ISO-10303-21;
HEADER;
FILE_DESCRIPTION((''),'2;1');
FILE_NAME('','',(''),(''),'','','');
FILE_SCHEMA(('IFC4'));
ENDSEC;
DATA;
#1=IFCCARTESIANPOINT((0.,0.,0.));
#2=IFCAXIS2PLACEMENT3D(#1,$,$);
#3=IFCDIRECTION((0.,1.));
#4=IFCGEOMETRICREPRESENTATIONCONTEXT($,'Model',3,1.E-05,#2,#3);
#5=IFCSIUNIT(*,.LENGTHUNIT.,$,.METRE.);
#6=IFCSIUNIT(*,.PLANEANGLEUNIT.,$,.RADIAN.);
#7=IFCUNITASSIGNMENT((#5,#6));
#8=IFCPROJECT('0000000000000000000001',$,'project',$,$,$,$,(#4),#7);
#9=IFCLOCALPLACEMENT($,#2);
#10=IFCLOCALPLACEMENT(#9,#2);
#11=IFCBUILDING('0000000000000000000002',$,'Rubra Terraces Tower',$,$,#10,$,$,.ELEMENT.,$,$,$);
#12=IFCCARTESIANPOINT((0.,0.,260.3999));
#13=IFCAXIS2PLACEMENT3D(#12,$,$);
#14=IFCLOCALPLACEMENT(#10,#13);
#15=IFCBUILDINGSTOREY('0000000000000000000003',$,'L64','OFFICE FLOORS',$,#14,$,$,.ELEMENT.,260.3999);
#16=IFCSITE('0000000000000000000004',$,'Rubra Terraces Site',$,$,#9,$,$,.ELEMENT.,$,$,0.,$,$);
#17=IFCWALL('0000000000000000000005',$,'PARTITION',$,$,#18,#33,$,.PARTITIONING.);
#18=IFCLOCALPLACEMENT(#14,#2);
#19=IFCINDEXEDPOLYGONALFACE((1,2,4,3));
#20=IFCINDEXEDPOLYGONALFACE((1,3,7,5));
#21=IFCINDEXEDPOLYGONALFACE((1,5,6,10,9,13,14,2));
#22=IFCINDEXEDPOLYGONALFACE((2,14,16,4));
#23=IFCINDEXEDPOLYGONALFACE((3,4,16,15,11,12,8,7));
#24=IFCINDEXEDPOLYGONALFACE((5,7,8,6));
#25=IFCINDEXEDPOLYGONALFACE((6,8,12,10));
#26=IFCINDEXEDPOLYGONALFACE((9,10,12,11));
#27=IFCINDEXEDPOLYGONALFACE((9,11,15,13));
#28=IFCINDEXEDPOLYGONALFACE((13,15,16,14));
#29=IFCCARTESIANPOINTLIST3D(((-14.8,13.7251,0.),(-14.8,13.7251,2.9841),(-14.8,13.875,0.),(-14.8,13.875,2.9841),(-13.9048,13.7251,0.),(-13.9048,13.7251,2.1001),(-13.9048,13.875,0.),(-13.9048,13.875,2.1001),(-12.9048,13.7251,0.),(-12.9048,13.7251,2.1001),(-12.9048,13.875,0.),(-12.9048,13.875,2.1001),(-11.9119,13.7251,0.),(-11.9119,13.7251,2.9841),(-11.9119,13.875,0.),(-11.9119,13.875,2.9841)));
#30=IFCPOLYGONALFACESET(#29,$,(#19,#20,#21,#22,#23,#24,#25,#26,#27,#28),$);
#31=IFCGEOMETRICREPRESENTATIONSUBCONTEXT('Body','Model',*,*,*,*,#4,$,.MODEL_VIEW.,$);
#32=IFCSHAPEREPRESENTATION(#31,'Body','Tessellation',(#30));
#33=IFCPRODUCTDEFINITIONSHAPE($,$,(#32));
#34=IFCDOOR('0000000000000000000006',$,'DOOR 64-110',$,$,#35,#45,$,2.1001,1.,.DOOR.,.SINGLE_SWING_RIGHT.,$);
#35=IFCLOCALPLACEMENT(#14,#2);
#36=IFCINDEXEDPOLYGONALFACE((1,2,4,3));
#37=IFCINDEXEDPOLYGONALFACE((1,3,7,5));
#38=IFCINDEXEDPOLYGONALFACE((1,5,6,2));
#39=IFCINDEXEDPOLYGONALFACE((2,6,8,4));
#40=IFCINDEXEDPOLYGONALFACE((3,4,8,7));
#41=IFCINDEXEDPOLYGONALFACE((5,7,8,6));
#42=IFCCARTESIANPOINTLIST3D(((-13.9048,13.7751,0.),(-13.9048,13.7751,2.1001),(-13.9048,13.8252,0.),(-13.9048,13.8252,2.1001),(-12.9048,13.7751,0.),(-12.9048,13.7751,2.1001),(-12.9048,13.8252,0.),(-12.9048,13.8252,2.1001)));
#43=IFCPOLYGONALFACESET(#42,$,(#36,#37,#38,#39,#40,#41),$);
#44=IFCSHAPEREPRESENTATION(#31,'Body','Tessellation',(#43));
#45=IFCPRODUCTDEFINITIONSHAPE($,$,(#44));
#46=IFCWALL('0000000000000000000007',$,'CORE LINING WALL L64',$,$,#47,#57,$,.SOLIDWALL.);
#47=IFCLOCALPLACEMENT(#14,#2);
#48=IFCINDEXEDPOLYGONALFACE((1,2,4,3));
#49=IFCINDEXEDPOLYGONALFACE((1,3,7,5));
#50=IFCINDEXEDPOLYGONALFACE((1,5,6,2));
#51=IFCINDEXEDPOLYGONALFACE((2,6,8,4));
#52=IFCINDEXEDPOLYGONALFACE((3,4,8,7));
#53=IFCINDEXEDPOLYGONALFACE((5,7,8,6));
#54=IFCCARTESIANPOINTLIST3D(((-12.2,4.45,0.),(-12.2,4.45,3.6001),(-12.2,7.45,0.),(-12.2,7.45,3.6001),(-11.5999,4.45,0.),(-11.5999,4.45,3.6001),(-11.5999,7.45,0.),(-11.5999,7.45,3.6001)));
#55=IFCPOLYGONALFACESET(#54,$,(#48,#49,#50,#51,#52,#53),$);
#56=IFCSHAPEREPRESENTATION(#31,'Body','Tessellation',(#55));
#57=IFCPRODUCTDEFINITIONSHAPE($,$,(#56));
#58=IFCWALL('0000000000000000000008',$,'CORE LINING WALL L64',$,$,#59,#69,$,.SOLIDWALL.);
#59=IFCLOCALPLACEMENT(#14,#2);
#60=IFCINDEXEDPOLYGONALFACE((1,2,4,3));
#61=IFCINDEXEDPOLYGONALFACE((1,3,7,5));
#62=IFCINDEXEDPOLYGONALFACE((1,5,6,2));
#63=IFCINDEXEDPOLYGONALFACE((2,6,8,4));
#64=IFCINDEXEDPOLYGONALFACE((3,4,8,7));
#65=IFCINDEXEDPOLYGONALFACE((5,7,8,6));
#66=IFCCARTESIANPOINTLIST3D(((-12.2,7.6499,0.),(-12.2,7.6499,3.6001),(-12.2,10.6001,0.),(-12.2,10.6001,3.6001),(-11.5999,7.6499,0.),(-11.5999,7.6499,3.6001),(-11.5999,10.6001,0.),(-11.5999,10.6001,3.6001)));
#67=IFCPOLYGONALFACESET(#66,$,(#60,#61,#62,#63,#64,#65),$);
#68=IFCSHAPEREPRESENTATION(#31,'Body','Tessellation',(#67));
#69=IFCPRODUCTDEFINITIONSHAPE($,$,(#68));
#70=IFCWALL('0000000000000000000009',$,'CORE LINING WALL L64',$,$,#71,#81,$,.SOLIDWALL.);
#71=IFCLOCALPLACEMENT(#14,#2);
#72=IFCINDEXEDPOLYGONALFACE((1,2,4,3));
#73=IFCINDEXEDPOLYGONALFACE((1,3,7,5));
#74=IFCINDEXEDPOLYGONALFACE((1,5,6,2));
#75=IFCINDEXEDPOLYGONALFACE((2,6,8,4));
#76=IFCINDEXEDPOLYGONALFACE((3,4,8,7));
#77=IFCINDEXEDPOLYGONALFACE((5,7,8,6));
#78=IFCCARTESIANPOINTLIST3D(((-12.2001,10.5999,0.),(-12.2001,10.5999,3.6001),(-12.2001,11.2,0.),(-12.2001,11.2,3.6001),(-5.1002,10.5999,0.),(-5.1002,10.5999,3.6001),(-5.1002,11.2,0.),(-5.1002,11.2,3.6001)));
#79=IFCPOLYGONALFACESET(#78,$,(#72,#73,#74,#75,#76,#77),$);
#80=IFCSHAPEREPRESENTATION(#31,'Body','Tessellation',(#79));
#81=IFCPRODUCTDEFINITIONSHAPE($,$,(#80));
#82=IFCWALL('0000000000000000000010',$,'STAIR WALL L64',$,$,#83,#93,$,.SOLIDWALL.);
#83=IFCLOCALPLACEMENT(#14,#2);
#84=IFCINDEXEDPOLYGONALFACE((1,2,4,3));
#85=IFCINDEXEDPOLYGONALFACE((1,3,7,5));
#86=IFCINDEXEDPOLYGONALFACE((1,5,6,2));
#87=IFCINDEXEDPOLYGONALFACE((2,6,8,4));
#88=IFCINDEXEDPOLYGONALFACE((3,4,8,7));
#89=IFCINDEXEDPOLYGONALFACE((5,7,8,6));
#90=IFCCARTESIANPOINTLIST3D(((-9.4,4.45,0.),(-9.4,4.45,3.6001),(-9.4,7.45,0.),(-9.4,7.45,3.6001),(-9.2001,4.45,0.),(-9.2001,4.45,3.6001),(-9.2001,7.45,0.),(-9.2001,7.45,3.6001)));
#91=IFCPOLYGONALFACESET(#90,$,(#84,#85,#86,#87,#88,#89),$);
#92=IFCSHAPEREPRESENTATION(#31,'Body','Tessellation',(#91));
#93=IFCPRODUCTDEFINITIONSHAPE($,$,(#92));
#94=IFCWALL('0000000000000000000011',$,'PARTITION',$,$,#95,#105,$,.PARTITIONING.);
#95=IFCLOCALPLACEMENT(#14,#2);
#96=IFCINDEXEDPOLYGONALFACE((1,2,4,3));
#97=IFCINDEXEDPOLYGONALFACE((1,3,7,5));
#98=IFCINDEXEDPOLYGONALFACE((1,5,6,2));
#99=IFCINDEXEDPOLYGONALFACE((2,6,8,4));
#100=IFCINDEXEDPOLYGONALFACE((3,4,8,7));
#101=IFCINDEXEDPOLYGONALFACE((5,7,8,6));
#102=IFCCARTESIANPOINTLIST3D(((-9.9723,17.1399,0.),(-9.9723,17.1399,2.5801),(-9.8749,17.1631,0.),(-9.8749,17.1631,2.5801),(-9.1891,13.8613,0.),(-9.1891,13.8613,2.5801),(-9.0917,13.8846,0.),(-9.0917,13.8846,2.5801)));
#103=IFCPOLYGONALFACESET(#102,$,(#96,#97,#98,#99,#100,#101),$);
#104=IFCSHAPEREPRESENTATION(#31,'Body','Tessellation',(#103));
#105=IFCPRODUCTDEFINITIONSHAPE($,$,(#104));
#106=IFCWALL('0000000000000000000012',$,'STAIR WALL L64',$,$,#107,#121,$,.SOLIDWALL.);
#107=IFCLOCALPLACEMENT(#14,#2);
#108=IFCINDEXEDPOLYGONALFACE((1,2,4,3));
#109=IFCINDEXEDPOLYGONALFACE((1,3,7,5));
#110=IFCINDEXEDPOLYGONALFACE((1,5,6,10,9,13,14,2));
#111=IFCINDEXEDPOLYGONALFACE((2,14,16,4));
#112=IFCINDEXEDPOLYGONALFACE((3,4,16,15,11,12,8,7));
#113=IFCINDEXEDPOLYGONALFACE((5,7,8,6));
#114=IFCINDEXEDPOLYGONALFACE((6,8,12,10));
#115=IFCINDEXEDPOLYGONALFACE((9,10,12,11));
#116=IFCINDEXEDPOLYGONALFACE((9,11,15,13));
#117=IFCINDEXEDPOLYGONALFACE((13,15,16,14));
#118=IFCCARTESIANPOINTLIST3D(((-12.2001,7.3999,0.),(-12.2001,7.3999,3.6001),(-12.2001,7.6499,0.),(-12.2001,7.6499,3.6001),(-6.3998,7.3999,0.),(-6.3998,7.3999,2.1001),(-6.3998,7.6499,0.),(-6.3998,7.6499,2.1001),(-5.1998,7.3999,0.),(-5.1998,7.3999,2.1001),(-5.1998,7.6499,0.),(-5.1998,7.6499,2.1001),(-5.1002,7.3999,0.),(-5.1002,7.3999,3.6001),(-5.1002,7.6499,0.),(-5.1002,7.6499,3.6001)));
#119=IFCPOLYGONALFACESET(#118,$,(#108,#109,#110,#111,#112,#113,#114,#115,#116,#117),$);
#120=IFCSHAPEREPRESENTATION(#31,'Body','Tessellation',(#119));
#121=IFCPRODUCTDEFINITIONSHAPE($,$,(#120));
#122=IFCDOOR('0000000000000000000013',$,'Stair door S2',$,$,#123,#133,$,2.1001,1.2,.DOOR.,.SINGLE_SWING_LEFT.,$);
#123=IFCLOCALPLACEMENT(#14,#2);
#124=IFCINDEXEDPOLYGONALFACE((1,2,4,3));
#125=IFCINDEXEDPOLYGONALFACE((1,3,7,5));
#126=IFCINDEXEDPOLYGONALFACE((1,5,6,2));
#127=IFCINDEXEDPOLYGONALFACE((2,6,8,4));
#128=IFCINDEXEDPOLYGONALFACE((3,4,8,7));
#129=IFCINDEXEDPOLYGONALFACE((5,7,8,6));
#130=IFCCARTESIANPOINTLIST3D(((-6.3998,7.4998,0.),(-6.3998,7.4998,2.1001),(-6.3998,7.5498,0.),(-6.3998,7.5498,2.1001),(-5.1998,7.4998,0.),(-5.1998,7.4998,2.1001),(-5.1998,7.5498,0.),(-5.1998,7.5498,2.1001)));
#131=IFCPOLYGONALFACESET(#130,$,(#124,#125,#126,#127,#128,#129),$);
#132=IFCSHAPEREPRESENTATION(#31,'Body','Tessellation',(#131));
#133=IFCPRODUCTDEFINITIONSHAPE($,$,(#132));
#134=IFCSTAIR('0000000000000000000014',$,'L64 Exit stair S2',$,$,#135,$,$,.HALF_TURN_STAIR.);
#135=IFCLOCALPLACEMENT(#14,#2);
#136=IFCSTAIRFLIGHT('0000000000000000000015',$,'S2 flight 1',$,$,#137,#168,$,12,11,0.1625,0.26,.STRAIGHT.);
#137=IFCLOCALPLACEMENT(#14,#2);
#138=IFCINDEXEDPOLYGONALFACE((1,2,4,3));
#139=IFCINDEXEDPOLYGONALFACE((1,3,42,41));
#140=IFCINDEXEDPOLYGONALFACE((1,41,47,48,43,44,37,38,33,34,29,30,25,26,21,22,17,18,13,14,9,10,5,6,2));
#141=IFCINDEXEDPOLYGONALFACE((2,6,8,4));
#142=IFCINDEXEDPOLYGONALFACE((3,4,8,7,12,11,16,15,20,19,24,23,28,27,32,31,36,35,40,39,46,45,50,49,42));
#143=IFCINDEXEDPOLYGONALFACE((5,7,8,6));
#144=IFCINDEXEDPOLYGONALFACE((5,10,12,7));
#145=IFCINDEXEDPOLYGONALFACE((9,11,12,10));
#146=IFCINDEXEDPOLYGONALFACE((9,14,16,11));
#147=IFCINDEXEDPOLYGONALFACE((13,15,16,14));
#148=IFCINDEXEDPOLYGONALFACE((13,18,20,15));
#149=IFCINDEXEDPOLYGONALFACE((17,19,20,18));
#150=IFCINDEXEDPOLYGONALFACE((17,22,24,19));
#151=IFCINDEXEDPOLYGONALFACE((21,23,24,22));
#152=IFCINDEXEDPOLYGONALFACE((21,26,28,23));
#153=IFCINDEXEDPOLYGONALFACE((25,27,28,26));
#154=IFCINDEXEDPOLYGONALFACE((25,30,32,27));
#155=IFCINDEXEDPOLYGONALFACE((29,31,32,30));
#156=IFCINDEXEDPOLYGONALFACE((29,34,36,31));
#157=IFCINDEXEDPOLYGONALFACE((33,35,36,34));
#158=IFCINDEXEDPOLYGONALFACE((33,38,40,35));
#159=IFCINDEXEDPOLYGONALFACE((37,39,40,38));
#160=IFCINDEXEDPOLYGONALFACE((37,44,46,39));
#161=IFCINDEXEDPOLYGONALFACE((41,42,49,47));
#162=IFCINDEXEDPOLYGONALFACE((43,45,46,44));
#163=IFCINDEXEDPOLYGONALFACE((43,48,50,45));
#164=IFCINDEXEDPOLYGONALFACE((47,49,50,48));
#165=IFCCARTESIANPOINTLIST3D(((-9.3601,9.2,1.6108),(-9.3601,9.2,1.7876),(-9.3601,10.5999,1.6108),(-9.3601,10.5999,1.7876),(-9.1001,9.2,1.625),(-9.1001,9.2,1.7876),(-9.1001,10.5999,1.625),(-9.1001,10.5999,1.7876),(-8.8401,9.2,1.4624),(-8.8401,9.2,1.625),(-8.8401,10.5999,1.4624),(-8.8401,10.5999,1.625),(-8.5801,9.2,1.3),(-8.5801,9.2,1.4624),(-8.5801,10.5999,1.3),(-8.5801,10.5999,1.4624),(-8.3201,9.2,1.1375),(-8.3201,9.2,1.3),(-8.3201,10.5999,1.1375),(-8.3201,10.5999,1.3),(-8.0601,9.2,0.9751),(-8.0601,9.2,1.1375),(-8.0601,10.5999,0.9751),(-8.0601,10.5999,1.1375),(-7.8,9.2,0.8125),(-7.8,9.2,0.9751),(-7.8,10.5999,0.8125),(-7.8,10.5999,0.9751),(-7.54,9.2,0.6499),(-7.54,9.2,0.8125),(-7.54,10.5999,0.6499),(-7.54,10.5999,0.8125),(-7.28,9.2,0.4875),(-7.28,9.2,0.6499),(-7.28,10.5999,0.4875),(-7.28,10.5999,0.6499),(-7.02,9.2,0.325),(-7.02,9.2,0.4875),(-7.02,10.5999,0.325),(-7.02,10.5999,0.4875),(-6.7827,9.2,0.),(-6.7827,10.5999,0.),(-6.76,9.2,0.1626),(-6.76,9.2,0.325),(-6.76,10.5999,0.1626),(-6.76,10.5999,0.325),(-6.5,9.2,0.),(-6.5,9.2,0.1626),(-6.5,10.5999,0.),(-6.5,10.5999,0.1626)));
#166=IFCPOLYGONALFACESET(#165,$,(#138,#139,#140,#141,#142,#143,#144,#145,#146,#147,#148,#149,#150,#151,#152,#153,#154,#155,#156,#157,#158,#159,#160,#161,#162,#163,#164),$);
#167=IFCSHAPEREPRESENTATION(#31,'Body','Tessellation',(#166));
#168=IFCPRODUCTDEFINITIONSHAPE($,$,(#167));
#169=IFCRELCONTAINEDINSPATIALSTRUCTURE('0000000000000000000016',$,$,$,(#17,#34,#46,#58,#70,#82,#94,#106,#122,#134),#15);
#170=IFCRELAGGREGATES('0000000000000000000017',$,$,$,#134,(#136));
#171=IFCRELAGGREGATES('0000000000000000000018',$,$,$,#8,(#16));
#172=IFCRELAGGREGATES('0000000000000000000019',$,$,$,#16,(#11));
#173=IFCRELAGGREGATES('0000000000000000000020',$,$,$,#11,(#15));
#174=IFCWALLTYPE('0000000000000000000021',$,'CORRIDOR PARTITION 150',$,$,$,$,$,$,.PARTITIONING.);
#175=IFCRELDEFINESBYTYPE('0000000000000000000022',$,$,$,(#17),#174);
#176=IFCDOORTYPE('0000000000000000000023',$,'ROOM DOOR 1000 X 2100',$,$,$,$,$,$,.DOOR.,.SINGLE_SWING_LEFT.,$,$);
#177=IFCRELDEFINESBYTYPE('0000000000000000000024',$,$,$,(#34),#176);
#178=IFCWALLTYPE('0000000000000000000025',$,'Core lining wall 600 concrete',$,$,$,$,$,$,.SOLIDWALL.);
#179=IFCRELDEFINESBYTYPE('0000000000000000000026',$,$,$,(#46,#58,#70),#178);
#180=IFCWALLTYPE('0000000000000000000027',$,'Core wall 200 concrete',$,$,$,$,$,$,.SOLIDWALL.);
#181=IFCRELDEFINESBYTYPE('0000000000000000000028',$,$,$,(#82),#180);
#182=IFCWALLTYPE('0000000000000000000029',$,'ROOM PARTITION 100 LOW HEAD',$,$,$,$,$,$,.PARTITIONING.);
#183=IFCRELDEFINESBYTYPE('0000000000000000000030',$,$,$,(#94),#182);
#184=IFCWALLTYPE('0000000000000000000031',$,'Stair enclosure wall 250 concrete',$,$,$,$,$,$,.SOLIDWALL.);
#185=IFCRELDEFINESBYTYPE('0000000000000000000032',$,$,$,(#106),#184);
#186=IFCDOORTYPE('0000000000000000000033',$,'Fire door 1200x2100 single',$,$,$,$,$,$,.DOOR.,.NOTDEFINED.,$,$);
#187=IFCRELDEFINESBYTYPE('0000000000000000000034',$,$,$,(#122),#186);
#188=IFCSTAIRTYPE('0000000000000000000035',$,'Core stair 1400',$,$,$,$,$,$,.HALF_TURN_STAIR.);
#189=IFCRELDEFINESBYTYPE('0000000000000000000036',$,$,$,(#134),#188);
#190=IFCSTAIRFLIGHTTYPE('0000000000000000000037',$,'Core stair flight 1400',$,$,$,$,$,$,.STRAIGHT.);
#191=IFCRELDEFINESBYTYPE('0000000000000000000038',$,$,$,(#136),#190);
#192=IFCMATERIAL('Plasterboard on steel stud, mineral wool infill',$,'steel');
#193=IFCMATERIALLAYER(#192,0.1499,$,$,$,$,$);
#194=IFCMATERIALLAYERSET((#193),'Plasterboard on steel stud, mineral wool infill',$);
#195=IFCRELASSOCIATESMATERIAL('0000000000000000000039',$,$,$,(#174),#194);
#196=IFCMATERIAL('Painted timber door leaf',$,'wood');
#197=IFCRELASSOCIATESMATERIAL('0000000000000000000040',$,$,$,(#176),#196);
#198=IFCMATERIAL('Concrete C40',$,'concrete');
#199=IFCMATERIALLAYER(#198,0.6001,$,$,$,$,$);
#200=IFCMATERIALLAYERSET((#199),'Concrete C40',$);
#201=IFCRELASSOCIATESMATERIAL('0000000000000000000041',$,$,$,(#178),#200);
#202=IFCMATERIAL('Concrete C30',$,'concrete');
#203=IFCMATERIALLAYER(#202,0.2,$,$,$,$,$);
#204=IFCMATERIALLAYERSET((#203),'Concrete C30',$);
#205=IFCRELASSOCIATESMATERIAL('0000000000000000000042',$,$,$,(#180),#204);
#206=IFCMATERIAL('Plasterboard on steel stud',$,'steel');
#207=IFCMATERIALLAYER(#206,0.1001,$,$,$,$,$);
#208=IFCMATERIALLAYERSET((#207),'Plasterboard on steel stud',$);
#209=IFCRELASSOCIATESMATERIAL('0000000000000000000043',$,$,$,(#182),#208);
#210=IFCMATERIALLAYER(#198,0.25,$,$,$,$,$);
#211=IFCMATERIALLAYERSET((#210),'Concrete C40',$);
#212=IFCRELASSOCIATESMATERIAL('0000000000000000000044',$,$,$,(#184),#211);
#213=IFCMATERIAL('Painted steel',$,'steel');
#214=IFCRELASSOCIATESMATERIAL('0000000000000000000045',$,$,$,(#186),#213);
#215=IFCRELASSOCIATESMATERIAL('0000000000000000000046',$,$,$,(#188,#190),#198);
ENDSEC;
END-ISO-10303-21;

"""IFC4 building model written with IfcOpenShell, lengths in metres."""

from ifc_helpers import new_model, si_unit, direction, frame, frame_2d, origin, place, context, subcontext, project, spatial, polyline, rectangle, outline, extrude, material, layer, layer_set, type_object, element, fill, aggregate, save


model = new_model("IFC4")

# Units and contexts
model_context = context("Model", 3, precision=1e-05, world=origin(), true_north=direction((0.0, 1.0)))
body_context = subcontext(model_context, "Body", "Model", "MODEL_VIEW")
ifc_project = project(units=[si_unit("LENGTHUNIT", "METRE"), si_unit("PLANEANGLEUNIT", "RADIAN")], contexts=[model_context])

# Site, building, storey
site_placement = place(None, origin())
site = spatial("IfcSite", under=ifc_project, at=site_placement, Name="Rubra Terraces Site", CompositionType="ELEMENT", RefElevation=0.0)
building_placement = place(site_placement, origin())
building = spatial("IfcBuilding", under=site, at=building_placement, Name="Rubra Terraces Tower", CompositionType="ELEMENT")
storey_placement = place(building_placement, frame((0.0, 0.0, 260.3999)))
storey = spatial("IfcBuildingStorey", under=building, at=storey_placement, Name="L64", Description="OFFICE FLOORS", CompositionType="ELEMENT", Elevation=260.3999)

# Wall, opening, door
ifc_material_1 = material(Name="Plasterboard on steel stud, mineral wool infill", Category="steel")
ifc_layer_1 = layer(ifc_material_1, 0.1499)
ifc_layer_set_1 = layer_set([ifc_layer_1], Name="Plasterboard on steel stud, mineral wool infill")
wall_type_1 = type_object("IfcWallType", Name="CORRIDOR PARTITION 150", PredefinedType="PARTITIONING", material=ifc_layer_set_1)
wall_1_placement = place(storey_placement, frame((-11.9119, 13.8, 0.0), z_axis=(0.0, 0.0, 1.0), x_axis=(-1.0, 0.0, 0.0)))
wall_1 = element("IfcWall", 1, at=wall_1_placement, inside=storey, type_object=wall_type_1, Name="PARTITION", PredefinedType="PARTITIONING", context=body_context, shape_type="SweptSolid", body=[
    extrude(rectangle(XDim=2.8882, YDim=0.1499, at=frame_2d((1.4441, 0.0))), origin(), (0.0, 0.0, 1.0), 2.9841),
])
opening_1_placement = place(wall_1_placement, frame((0.9929, 0.0, 0.0)))
opening_1 = element("IfcOpeningElement", 2, at=opening_1_placement, cuts=wall_1, PredefinedType="OPENING", context=body_context, shape_type="SweptSolid", body=[
    extrude(rectangle(XDim=1.0, YDim=2.1001, at=frame_2d((0.5, 1.05))), frame((0.0, 0.085, 0.0), z_axis=(0.0, -1.0, 0.0), x_axis=(1.0, 0.0, 0.0)), (0.0, 0.0, 1.0), 0.1699),
])
ifc_material_2 = material(Name="Painted timber door leaf", Category="wood")
door_type_1 = type_object("IfcDoorType", Name="ROOM DOOR 1000 X 2100", OperationType="SINGLE_SWING_LEFT", PredefinedType="DOOR", material=ifc_material_2)
door_1_placement = place(opening_1_placement, origin())
door_1 = element("IfcDoor", 3, at=door_1_placement, inside=storey, type_object=door_type_1, Name="DOOR 64-110", OperationType="SINGLE_SWING_RIGHT", OverallHeight=2.1001, OverallWidth=1.0, PredefinedType="DOOR", context=body_context, shape_type="SweptSolid", body=[
    extrude(rectangle(XDim=1.0, YDim=2.1001, at=frame_2d((0.5, 1.05))), frame((0.0, 0.0249, 0.0), z_axis=(0.0, -1.0, 0.0), x_axis=(1.0, 0.0, 0.0)), (0.0, 0.0, 1.0), 0.05),
])
fill(opening_1, door_1)

# Walls
ifc_material_3 = material(Name="Concrete C40", Category="concrete")
ifc_layer_2 = layer(ifc_material_3, 0.6001)
ifc_layer_set_2 = layer_set([ifc_layer_2], Name="Concrete C40")
wall_type_2 = type_object("IfcWallType", Name="Core lining wall 600 concrete", PredefinedType="SOLIDWALL", material=ifc_layer_set_2)
wall_2_placement = place(storey_placement, frame((-11.8999, 4.45, 0.0), z_axis=(0.0, 0.0, 1.0), x_axis=(0.0, 1.0, 0.0)))
element("IfcWall", 4, at=wall_2_placement, inside=storey, type_object=wall_type_2, Name="CORE LINING WALL L64", PredefinedType="SOLIDWALL", context=body_context, shape_type="SweptSolid", body=[
    extrude(rectangle(XDim=3.0, YDim=0.6001, at=frame_2d((1.5, 0.0))), origin(), (0.0, 0.0, 1.0), 3.6001),
])
wall_3_placement = place(storey_placement, frame((-11.8999, 7.6499, 0.0), z_axis=(0.0, 0.0, 1.0), x_axis=(0.0, 1.0, 0.0)))
element("IfcWall", 5, at=wall_3_placement, inside=storey, type_object=wall_type_2, Name="CORE LINING WALL L64", PredefinedType="SOLIDWALL", context=body_context, shape_type="SweptSolid", body=[
    extrude(rectangle(XDim=2.9502, YDim=0.6001, at=frame_2d((1.4751, 0.0))), origin(), (0.0, 0.0, 1.0), 3.6001),
])
wall_4_placement = place(storey_placement, frame((-12.2, 10.8999, 0.0), z_axis=(0.0, 0.0, 1.0), x_axis=(1.0, 0.0, 0.0)))
element("IfcWall", 6, at=wall_4_placement, inside=storey, type_object=wall_type_2, Name="CORE LINING WALL L64", PredefinedType="SOLIDWALL", context=body_context, shape_type="SweptSolid", body=[
    extrude(rectangle(XDim=7.0999, YDim=0.6001, at=frame_2d((3.5498, 0.0))), origin(), (0.0, 0.0, 1.0), 3.6001),
])
ifc_material_4 = material(Name="Concrete C30", Category="concrete")
ifc_layer_3 = layer(ifc_material_4, 0.2)
ifc_layer_set_3 = layer_set([ifc_layer_3], Name="Concrete C30")
wall_type_3 = type_object("IfcWallType", Name="Core wall 200 concrete", PredefinedType="SOLIDWALL", material=ifc_layer_set_3)
wall_5_placement = place(storey_placement, frame((-9.3, 4.45, 0.0), z_axis=(0.0, 0.0, 1.0), x_axis=(0.0, 1.0, 0.0)))
element("IfcWall", 7, at=wall_5_placement, inside=storey, type_object=wall_type_3, Name="STAIR WALL L64", PredefinedType="SOLIDWALL", context=body_context, shape_type="SweptSolid", body=[
    extrude(rectangle(XDim=3.0, YDim=0.2, at=frame_2d((1.5, 0.0))), origin(), (0.0, 0.0, 1.0), 3.6001),
])
ifc_material_5 = material(Name="Plasterboard on steel stud", Category="steel")
ifc_layer_4 = layer(ifc_material_5, 0.1001)
ifc_layer_set_4 = layer_set([ifc_layer_4], Name="Plasterboard on steel stud")
wall_type_4 = type_object("IfcWallType", Name="ROOM PARTITION 100 LOW HEAD", PredefinedType="PARTITIONING", material=ifc_layer_set_4)
wall_6_placement = place(storey_placement, frame((-9.1404, 13.8728, 0.0), z_axis=(0.0, 0.0, 1.0), x_axis=(-0.232348, 0.972633, 0.0)))
element("IfcWall", 8, at=wall_6_placement, inside=storey, type_object=wall_type_4, Name="PARTITION", PredefinedType="PARTITIONING", context=body_context, shape_type="SweptSolid", body=[
    extrude(rectangle(XDim=3.3708, YDim=0.1001, at=frame_2d((1.6855, 0.0))), origin(), (0.0, 0.0, 1.0), 2.5801),
])

# Wall, opening, door
ifc_layer_5 = layer(ifc_material_3, 0.25)
ifc_layer_set_5 = layer_set([ifc_layer_5], Name="Concrete C40")
wall_type_5 = type_object("IfcWallType", Name="Stair enclosure wall 250 concrete", PredefinedType="SOLIDWALL", material=ifc_layer_set_5)
wall_7_placement = place(storey_placement, frame((-12.2, 7.5249, 0.0), z_axis=(0.0, 0.0, 1.0), x_axis=(1.0, 0.0, 0.0)))
wall_7 = element("IfcWall", 9, at=wall_7_placement, inside=storey, type_object=wall_type_5, Name="STAIR WALL L64", PredefinedType="SOLIDWALL", context=body_context, shape_type="SweptSolid", body=[
    extrude(rectangle(XDim=7.0999, YDim=0.25, at=frame_2d((3.5498, 0.0))), origin(), (0.0, 0.0, 1.0), 3.6001),
])
opening_2_placement = place(wall_7_placement, frame((5.8, 0.0, 0.0)))
opening_2 = element("IfcOpeningElement", 10, at=opening_2_placement, cuts=wall_7, PredefinedType="OPENING", context=body_context, shape_type="SweptSolid", body=[
    extrude(rectangle(XDim=1.2, YDim=2.1001, at=frame_2d((0.6001, 1.05))), frame((0.0, 0.135, 0.0), z_axis=(0.0, -1.0, 0.0), x_axis=(1.0, 0.0, 0.0)), (0.0, 0.0, 1.0), 0.27),
])
ifc_material_6 = material(Name="Painted steel", Category="steel")
door_type_2 = type_object("IfcDoorType", Name="Fire door 1200x2100 single", OperationType="NOTDEFINED", PredefinedType="DOOR", material=ifc_material_6)
door_2_placement = place(opening_2_placement, origin())
door_2 = element("IfcDoor", 11, at=door_2_placement, inside=storey, type_object=door_type_2, Name="Stair door S2", OperationType="SINGLE_SWING_LEFT", OverallHeight=2.1001, OverallWidth=1.2, PredefinedType="DOOR", context=body_context, shape_type="SweptSolid", body=[
    extrude(rectangle(XDim=1.2, YDim=2.1001, at=frame_2d((0.6001, 1.05))), frame((0.0, 0.0249, 0.0), z_axis=(0.0, -1.0, 0.0), x_axis=(1.0, 0.0, 0.0)), (0.0, 0.0, 1.0), 0.05),
])
fill(opening_2, door_2)

# Stair, stair flight
stair_type = type_object("IfcStairType", Name="Core stair 1400", PredefinedType="HALF_TURN_STAIR", material=ifc_material_3)
stair_placement = place(storey_placement, origin())
stair = element("IfcStair", 12, at=stair_placement, inside=storey, type_object=stair_type, Name="L64 Exit stair S2", PredefinedType="HALF_TURN_STAIR")
stair_flight_type = type_object("IfcStairFlightType", Name="Core stair flight 1400", PredefinedType="STRAIGHT", material=ifc_material_3)
stair_flight_1_placement = place(storey_placement, frame((-6.5, 9.8999, 0.0), z_axis=(0.0, 0.0, 1.0), x_axis=(-1.0, 0.0, 0.0)))
stair_flight_1 = element("IfcStairFlight", 13, at=stair_flight_1_placement, type_object=stair_flight_type, Name="S2 flight 1", NumberOfRisers=12, NumberOfTreads=11, PredefinedType="STRAIGHT", RiserHeight=0.1625, TreadLength=0.26, context=body_context, shape_type="SweptSolid", body=[
    extrude(outline(polyline([(0.0, 0.0), (0.0, 0.1626), (0.26, 0.1626), (0.26, 0.325), (0.52, 0.325), (0.52, 0.4875), (0.78, 0.4875), (0.78, 0.6499), (1.04, 0.6499), (1.04, 0.8125), (1.3, 0.8125), (1.3, 0.9751), (1.5601, 0.9751), (1.5601, 1.1375), (1.8201, 1.1375), (1.8201, 1.3), (2.0801, 1.3), (2.0801, 1.4624), (2.3401, 1.4624), (2.3401, 1.625), (2.6001, 1.625), (2.6001, 1.7876), (2.8601, 1.7876), (2.8601, 1.95), (2.8601, 1.6108), (0.2827, 0.0), (0.0, 0.0)])), frame((0.0, 0.7, 0.0), z_axis=(0.0, -1.0, 0.0), x_axis=(1.0, 0.0, 0.0)), (0.0, 0.0, 1.0), 1.3999),
])
aggregate(stair, [stair_flight_1])

save(model, "model.ifc")
